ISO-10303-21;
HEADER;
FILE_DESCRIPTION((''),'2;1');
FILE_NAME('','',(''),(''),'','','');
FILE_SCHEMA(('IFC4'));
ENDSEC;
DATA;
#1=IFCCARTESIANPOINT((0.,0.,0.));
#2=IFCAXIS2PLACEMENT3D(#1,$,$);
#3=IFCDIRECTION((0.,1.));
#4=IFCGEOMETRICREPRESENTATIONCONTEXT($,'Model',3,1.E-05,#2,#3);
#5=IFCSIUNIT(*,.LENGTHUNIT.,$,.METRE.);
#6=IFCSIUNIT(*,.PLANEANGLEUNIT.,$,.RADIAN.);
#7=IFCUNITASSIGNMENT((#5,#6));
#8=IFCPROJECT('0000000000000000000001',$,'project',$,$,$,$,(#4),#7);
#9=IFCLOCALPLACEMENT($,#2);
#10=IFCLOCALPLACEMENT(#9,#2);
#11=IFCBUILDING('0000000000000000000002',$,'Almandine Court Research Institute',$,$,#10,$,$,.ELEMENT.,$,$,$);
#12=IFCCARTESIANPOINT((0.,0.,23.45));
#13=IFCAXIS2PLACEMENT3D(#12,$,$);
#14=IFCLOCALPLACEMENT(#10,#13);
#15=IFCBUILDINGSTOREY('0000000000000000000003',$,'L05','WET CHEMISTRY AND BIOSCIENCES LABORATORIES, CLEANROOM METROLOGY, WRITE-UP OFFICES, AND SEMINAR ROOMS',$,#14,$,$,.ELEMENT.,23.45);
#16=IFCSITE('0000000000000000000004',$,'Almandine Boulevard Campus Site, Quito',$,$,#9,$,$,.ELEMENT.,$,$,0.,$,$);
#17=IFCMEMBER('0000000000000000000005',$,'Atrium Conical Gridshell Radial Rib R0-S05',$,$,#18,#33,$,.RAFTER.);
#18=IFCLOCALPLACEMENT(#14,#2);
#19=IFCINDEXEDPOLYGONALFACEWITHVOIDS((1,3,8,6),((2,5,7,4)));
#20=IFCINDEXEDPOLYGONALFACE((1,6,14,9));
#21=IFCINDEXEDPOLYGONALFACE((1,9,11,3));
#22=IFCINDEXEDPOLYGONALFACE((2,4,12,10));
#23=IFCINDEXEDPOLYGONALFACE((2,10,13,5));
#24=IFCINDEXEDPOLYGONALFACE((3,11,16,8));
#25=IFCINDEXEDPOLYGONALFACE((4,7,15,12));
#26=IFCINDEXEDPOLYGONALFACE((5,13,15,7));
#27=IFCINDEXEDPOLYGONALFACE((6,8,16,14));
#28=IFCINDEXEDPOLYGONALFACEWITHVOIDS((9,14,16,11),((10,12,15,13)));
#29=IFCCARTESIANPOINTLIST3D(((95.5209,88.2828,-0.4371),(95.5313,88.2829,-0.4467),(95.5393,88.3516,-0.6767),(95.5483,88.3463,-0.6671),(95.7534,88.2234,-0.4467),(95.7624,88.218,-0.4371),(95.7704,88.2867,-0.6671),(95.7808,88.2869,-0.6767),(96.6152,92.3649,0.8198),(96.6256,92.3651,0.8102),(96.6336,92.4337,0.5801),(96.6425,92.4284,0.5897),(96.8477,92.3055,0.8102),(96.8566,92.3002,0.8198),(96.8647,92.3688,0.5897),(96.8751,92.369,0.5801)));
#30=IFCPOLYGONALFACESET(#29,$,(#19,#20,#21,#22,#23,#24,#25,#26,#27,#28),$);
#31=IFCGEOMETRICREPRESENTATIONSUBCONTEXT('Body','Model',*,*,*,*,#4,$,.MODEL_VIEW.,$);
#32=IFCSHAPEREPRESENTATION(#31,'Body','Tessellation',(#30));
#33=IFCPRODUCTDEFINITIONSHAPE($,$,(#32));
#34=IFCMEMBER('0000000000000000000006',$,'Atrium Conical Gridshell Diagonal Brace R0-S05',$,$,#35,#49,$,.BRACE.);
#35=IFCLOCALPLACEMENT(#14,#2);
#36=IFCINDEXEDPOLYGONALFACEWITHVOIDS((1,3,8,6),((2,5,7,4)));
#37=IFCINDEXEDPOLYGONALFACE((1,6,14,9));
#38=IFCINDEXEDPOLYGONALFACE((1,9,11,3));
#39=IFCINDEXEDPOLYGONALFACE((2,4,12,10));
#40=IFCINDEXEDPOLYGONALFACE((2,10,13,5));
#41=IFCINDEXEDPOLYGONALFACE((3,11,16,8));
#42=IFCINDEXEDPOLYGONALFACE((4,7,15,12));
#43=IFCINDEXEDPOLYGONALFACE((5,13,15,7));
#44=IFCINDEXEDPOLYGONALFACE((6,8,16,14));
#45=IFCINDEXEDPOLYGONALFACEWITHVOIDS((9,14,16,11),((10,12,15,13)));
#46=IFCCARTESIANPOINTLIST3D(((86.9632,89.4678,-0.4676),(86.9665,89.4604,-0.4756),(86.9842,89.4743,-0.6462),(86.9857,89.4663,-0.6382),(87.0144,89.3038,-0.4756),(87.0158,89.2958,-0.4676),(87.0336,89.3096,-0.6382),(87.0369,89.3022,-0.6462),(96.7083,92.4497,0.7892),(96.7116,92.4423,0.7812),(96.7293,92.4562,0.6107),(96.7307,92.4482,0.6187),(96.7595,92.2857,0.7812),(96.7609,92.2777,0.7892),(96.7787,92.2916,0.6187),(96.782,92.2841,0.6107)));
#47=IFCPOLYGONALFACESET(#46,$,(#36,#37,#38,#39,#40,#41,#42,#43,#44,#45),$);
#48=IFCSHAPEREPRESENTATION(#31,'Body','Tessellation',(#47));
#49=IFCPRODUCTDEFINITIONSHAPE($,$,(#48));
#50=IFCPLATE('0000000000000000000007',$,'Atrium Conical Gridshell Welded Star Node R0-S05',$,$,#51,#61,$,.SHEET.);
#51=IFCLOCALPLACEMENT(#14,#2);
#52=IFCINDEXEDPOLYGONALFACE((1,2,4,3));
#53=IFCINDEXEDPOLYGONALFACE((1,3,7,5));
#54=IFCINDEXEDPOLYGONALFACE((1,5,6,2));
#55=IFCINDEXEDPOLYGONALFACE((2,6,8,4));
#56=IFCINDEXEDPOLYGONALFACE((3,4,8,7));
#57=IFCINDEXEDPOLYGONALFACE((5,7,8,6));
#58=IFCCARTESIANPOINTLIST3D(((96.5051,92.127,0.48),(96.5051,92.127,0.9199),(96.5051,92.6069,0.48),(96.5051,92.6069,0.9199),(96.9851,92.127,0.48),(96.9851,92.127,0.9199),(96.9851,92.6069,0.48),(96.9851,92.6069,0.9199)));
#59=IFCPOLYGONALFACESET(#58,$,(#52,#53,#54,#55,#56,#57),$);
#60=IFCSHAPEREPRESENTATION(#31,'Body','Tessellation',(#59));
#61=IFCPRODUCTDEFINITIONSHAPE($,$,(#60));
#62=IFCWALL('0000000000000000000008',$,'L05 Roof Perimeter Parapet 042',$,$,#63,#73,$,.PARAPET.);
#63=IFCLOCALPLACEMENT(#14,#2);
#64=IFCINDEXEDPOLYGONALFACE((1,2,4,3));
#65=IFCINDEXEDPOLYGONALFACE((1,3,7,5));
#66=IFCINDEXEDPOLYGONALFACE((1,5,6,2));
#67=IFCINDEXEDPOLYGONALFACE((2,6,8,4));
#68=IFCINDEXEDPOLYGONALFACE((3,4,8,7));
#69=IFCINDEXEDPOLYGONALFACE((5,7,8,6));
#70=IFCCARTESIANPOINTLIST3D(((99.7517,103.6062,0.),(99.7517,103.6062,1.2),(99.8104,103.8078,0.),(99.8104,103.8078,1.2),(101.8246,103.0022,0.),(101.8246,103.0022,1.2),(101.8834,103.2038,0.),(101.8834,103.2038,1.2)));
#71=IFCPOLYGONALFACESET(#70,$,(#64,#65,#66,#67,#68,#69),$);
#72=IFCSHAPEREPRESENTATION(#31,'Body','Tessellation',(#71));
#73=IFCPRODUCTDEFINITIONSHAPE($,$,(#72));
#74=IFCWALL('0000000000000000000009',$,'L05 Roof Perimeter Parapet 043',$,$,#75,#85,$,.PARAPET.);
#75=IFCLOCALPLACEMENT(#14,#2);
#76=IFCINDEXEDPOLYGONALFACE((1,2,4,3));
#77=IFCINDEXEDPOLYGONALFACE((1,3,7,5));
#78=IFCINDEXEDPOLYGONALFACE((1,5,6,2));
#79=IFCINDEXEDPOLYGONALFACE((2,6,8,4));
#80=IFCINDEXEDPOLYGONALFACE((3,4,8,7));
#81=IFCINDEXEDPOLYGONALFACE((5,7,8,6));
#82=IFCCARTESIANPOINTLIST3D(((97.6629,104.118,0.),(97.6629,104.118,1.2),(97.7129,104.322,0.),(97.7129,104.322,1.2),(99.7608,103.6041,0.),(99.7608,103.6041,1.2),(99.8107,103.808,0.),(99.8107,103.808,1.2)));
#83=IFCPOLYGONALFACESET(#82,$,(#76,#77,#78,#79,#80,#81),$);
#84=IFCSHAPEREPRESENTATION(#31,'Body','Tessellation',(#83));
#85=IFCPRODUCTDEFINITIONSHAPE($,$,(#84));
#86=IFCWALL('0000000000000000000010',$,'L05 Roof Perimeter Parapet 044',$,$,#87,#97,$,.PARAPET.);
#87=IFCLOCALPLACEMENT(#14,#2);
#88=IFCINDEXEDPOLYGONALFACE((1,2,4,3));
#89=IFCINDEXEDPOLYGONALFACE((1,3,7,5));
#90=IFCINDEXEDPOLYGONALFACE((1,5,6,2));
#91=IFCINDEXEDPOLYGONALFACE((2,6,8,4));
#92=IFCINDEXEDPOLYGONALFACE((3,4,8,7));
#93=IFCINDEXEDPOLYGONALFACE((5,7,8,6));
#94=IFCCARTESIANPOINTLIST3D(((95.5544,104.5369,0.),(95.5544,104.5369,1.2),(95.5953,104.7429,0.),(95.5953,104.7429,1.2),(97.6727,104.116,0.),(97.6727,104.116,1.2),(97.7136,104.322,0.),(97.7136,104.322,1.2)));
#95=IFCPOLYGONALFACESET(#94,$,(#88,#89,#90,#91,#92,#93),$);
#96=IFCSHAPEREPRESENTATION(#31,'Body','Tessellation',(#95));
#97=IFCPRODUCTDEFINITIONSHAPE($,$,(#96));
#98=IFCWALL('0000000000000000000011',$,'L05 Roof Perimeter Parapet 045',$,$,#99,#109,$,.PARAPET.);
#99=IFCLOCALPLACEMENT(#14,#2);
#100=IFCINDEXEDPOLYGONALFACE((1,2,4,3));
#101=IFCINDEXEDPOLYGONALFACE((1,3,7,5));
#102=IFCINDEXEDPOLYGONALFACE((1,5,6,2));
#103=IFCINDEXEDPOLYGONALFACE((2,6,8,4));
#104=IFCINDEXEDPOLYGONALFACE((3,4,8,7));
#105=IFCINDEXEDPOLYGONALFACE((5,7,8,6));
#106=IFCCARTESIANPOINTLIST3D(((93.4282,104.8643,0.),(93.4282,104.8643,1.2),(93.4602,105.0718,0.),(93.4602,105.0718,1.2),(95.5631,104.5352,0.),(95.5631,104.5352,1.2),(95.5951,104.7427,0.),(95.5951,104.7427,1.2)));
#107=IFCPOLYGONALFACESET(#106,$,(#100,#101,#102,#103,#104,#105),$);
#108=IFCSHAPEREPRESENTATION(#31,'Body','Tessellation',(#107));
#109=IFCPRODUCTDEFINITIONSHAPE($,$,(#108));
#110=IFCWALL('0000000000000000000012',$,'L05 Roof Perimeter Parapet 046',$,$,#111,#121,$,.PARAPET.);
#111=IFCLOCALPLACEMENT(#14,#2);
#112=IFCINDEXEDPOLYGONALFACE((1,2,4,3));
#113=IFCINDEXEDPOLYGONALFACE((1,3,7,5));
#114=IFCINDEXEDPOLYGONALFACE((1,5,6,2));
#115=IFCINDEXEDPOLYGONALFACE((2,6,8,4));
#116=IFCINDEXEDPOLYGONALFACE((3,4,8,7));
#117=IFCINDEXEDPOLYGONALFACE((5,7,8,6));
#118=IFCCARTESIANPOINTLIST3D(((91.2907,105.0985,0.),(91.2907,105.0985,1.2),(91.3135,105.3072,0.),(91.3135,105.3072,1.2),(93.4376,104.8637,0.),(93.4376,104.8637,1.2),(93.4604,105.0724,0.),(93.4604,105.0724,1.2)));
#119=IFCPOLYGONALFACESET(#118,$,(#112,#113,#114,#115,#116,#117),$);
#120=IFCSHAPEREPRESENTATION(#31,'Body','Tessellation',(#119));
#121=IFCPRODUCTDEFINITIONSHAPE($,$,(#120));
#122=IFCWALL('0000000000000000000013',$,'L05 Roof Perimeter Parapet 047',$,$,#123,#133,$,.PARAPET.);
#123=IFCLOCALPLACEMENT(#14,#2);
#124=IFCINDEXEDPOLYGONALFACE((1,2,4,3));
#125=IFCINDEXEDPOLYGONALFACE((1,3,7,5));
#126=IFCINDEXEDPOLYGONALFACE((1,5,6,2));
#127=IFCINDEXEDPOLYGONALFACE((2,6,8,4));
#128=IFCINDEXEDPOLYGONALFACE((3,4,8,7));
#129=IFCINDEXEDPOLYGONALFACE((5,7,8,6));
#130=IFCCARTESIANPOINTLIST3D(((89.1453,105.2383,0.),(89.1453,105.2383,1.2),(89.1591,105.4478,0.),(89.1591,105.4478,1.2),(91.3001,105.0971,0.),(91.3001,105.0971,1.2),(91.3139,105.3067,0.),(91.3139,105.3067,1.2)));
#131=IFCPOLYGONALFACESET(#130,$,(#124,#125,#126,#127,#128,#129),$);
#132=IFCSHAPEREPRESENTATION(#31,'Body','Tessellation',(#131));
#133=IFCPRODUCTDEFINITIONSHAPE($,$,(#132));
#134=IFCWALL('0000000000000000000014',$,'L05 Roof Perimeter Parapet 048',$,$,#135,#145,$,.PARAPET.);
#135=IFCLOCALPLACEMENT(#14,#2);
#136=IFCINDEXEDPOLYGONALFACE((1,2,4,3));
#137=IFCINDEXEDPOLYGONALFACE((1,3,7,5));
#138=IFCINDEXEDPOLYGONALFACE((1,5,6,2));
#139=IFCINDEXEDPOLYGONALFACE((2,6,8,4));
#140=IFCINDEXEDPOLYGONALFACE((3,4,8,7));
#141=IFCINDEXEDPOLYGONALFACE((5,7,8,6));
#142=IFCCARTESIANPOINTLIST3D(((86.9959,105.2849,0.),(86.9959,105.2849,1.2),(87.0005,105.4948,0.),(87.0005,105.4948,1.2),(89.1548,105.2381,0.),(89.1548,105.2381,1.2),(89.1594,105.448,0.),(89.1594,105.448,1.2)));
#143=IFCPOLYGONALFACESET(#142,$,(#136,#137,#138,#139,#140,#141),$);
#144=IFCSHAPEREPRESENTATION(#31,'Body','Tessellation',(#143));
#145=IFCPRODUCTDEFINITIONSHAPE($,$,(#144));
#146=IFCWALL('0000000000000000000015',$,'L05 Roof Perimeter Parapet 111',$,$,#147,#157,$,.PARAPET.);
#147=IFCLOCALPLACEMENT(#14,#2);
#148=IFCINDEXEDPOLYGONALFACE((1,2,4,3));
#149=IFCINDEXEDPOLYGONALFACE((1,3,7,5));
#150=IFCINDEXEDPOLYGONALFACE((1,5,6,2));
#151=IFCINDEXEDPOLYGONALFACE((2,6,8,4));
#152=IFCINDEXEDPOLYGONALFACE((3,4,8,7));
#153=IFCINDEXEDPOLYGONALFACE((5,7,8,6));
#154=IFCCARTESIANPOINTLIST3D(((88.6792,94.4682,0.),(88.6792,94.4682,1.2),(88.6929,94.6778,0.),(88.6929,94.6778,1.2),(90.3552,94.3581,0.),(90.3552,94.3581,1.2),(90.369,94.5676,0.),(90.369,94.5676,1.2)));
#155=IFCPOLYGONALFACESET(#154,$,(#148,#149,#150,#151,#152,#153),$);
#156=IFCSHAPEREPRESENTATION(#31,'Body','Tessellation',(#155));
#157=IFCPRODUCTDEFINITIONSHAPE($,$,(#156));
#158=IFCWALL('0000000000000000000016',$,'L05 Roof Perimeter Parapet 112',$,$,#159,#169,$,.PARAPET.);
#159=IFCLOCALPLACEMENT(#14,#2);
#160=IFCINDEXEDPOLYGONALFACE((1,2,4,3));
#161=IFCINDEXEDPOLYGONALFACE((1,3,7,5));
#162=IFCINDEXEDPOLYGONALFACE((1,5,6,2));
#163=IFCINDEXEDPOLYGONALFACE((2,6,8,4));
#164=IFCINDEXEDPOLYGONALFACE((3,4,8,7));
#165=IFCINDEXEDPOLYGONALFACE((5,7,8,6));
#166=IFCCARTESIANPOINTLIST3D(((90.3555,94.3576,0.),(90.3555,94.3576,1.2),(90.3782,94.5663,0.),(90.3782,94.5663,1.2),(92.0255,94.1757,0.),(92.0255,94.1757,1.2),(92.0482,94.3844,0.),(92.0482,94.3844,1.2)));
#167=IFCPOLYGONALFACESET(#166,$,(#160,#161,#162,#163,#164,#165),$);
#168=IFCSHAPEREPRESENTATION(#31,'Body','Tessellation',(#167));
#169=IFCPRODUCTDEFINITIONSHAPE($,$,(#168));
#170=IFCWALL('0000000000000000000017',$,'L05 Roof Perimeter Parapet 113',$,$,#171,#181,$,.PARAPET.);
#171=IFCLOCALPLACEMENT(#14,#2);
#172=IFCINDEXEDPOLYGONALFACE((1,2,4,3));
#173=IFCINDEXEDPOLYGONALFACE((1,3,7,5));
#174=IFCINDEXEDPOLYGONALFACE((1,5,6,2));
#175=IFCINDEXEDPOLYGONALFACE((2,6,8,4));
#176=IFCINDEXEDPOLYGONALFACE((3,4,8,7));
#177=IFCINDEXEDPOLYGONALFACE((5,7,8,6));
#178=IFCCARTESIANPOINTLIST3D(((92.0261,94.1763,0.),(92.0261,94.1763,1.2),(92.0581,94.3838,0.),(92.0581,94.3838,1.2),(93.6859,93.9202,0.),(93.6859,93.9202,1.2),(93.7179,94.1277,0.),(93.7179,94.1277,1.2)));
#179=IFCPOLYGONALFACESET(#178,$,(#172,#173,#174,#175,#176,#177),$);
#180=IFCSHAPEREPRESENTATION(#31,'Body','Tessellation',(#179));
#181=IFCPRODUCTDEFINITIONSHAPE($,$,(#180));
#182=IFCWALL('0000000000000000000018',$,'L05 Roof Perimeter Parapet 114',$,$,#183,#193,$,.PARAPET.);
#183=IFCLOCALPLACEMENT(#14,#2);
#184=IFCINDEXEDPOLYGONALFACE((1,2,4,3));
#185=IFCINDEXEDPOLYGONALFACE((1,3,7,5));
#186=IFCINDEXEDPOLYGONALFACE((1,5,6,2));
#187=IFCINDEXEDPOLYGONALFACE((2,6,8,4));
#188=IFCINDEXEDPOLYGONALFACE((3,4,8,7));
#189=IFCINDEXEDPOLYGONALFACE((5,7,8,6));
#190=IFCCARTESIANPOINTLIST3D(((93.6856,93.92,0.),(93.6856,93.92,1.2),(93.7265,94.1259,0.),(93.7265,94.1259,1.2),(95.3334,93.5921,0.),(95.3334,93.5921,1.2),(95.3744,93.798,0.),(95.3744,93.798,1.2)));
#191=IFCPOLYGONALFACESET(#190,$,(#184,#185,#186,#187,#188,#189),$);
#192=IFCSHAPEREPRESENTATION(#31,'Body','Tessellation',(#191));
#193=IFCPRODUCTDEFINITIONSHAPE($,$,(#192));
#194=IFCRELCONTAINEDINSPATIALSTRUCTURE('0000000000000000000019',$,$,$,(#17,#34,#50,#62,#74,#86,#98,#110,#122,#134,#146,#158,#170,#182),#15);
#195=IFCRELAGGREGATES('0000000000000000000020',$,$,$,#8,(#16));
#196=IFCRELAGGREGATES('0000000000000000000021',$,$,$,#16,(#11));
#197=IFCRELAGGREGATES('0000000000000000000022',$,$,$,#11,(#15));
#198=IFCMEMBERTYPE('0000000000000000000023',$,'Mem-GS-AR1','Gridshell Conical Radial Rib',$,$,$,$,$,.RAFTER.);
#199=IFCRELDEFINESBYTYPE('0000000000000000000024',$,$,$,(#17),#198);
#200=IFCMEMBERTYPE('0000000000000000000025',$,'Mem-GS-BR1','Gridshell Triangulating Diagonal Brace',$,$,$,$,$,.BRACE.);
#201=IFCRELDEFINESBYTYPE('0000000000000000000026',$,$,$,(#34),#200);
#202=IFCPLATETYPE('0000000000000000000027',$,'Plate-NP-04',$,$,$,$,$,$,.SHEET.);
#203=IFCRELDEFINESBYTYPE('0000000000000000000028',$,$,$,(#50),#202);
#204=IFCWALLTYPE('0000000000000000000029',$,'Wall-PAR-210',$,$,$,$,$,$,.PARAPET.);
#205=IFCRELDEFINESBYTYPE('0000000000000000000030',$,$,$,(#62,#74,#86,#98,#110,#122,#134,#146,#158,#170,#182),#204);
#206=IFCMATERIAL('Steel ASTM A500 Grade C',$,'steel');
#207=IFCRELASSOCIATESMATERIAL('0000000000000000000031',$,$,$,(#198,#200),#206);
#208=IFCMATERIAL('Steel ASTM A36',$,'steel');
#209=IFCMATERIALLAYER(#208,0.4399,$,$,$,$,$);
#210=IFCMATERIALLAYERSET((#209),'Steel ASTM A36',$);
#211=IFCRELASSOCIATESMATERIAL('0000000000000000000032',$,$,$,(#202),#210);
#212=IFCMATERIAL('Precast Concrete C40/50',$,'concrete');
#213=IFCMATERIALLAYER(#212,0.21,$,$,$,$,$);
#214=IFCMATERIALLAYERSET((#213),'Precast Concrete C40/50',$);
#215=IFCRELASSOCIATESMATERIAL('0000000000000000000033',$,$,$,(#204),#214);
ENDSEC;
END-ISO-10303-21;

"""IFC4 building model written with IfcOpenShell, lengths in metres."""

from ifc_helpers import new_model, si_unit, direction, frame, frame_2d, origin, origin_2d, place, context, subcontext, project, spatial, rectangle, hollow_rectangle, extrude, material, layer, layer_set, material_profile, profile_set, type_object, element, save


model = new_model("IFC4")

# Units and contexts
model_context = context("Model", 3, precision=1e-05, world=origin(), true_north=direction((0.0, 1.0)))
body_context = subcontext(model_context, "Body", "Model", "MODEL_VIEW")
ifc_project = project(units=[si_unit("LENGTHUNIT", "METRE"), si_unit("PLANEANGLEUNIT", "RADIAN")], contexts=[model_context])

# Site, building, storey
site_placement = place(None, origin())
site = spatial("IfcSite", under=ifc_project, at=site_placement, Name="Almandine Boulevard Campus Site, Quito", CompositionType="ELEMENT", RefElevation=0.0)
building_placement = place(site_placement, origin())
building = spatial("IfcBuilding", under=site, at=building_placement, Name="Almandine Court Research Institute", CompositionType="ELEMENT")
storey_placement = place(building_placement, frame((0.0, 0.0, 23.45)))
storey = spatial("IfcBuildingStorey", under=building, at=storey_placement, Name="L05", Description="WET CHEMISTRY AND BIOSCIENCES LABORATORIES, CLEANROOM METROLOGY, WRITE-UP OFFICES, AND SEMINAR ROOMS", CompositionType="ELEMENT", Elevation=23.45)

# Members
ifc_material_1 = material(Name="Steel ASTM A500 Grade C", Category="steel")
ifc_material_profile_1 = material_profile(ifc_material_1, hollow_rectangle(XDim=0.25, YDim=0.25, WallThickness=0.01, at=origin_2d()), Name="HSS 250x250x10")
ifc_profile_set_1 = profile_set([ifc_material_profile_1], Name="Steel ASTM A500 Grade C")
member_type_1 = type_object("IfcMemberType", Name="Mem-GS-AR1", Description="Gridshell Conical Radial Rib", PredefinedType="RAFTER", material=ifc_profile_set_1)
member_1_placement = place(storey_placement, frame((96.7451, 92.3669, 0.7), z_axis=(-0.248178, -0.925824, -0.285056), x_axis=(0.965899, -0.258921, 0.0)))
element("IfcMember", 1, at=member_1_placement, inside=storey, type_object=member_type_1, Name="Atrium Conical Gridshell Radial Rib R0-S05", PredefinedType="RAFTER", context=body_context, shape_type="SweptSolid", body=[
    extrude(hollow_rectangle(XDim=0.25, YDim=0.25, WallThickness=0.01, at=origin_2d()), origin(), (0.0, 0.0, 1.0), 4.4092),
])
ifc_material_profile_2 = material_profile(ifc_material_1, hollow_rectangle(XDim=0.1799, YDim=0.1799, WallThickness=0.0081, at=origin_2d()), Name="HSS 180x180x8")
ifc_profile_set_2 = profile_set([ifc_material_profile_2], Name="Steel ASTM A500 Grade C")
member_type_2 = type_object("IfcMemberType", Name="Mem-GS-BR1", Description="Gridshell Triangulating Diagonal Brace", PredefinedType="BRACE", material=ifc_profile_set_2)
member_2_placement = place(storey_placement, frame((96.7451, 92.3669, 0.7), z_axis=(-0.949045, -0.290401, -0.122399), x_axis=(0.292601, -0.956235, 0.0)))
element("IfcMember", 2, at=member_2_placement, inside=storey, type_object=member_type_2, Name="Atrium Conical Gridshell Diagonal Brace R0-S05", PredefinedType="BRACE", context=body_context, shape_type="SweptSolid", body=[
    extrude(hollow_rectangle(XDim=0.1799, YDim=0.1799, WallThickness=0.0081, at=origin_2d()), origin(), (0.0, 0.0, 1.0), 10.2683),
])

# Plate
ifc_material_2 = material(Name="Steel ASTM A36", Category="steel")
ifc_layer_1 = layer(ifc_material_2, 0.4399)
ifc_layer_set_1 = layer_set([ifc_layer_1], Name="Steel ASTM A36")
plate_type = type_object("IfcPlateType", Name="Plate-NP-04", PredefinedType="SHEET", material=ifc_layer_set_1)
plate_placement = place(storey_placement, frame((96.7451, 92.3669, 0.48), z_axis=(0.0, 0.0, 1.0), x_axis=(1.0, 0.0, 0.0)))
element("IfcPlate", 3, at=plate_placement, inside=storey, type_object=plate_type, Name="Atrium Conical Gridshell Welded Star Node R0-S05", PredefinedType="SHEET", context=body_context, shape_type="SweptSolid", body=[
    extrude(rectangle(XDim=0.48, YDim=0.48, at=origin_2d()), origin(), (0.0, 0.0, 1.0), 0.4399),
])

# Walls
ifc_material_3 = material(Name="Precast Concrete C40/50", Category="concrete")
ifc_layer_2 = layer(ifc_material_3, 0.21)
ifc_layer_set_2 = layer_set([ifc_layer_2], Name="Precast Concrete C40/50")
wall_type_1 = type_object("IfcWallType", Name="Wall-PAR-210", PredefinedType="PARAPET", material=ifc_layer_set_2)
wall_1_placement = place(storey_placement, frame((101.854, 103.103, 0.0), z_axis=(0.0, 0.0, 1.0), x_axis=(-0.960077, 0.279735, 0.0)))
element("IfcWall", 4, at=wall_1_placement, inside=storey, type_object=wall_type_1, Name="L05 Roof Perimeter Parapet 042", PredefinedType="PARAPET", context=body_context, shape_type="SweptSolid", body=[
    extrude(rectangle(XDim=2.1592, YDim=0.21, at=frame_2d((1.0796, 0.0))), origin(), (0.0, 0.0, 1.0), 1.2),
])
wall_2_placement = place(storey_placement, frame((99.7859, 103.7061, 0.0), z_axis=(0.0, 0.0, 1.0), x_axis=(-0.971282, 0.237932, 0.0)))
element("IfcWall", 5, at=wall_2_placement, inside=storey, type_object=wall_type_1, Name="L05 Roof Perimeter Parapet 043", PredefinedType="PARAPET", context=body_context, shape_type="SweptSolid", body=[
    extrude(rectangle(XDim=2.1599, YDim=0.21, at=frame_2d((1.0801, 0.0))), origin(), (0.0, 0.0, 1.0), 1.2),
])
wall_3_placement = place(storey_placement, frame((97.6931, 104.219, 0.0), z_axis=(0.0, 0.0, 1.0), x_axis=(-0.980823, 0.194899, 0.0)))
element("IfcWall", 6, at=wall_3_placement, inside=storey, type_object=wall_type_1, Name="L05 Roof Perimeter Parapet 044", PredefinedType="PARAPET", context=body_context, shape_type="SweptSolid", body=[
    extrude(rectangle(XDim=2.1597, YDim=0.21, at=frame_2d((1.0798, 0.0))), origin(), (0.0, 0.0, 1.0), 1.2),
])
wall_4_placement = place(storey_placement, frame((95.5791, 104.6389, 0.0), z_axis=(0.0, 0.0, 1.0), x_axis=(-0.988327, 0.152346, 0.0)))
element("IfcWall", 7, at=wall_4_placement, inside=storey, type_object=wall_type_1, Name="L05 Roof Perimeter Parapet 045", PredefinedType="PARAPET", context=body_context, shape_type="SweptSolid", body=[
    extrude(rectangle(XDim=2.1602, YDim=0.21, at=frame_2d((1.0801, 0.0))), origin(), (0.0, 0.0, 1.0), 1.2),
])
wall_5_placement = place(storey_placement, frame((93.449, 104.968, 0.0), z_axis=(0.0, 0.0, 1.0), x_axis=(-0.99407, 0.108744, 0.0)))
element("IfcWall", 8, at=wall_5_placement, inside=storey, type_object=wall_type_1, Name="L05 Roof Perimeter Parapet 046", PredefinedType="PARAPET", context=body_context, shape_type="SweptSolid", body=[
    extrude(rectangle(XDim=2.1597, YDim=0.21, at=frame_2d((1.0798, 0.0))), origin(), (0.0, 0.0, 1.0), 1.2),
])
for number, where, z_axis, x_axis, name in (
    (9, (91.3069, 105.2019, 0.0), (0.0, 0.0, 1.0), (-0.997863, 0.065348, 0.0), "L05 Roof Perimeter Parapet 047"),
    (10, (89.157, 105.343, 0.0), (0.0, 0.0, 1.0), (-0.999764, 0.021707, 0.0), "L05 Roof Perimeter Parapet 048"),
):
    element("IfcWall", number, at=place(storey_placement, frame(where, z_axis=z_axis, x_axis=x_axis)), inside=storey, type_object=wall_type_1, Name=name, PredefinedType="PARAPET", context=body_context, shape_type="SweptSolid", body=[
        extrude(rectangle(XDim=2.1594, YDim=0.21, at=frame_2d((1.0796, 0.0))), origin(), (0.0, 0.0, 1.0), 1.2),
    ])
wall_6_placement = place(storey_placement, frame((88.686, 94.573, 0.0), z_axis=(0.0, 0.0, 1.0), x_axis=(0.997849, -0.065554, 0.0)))
element("IfcWall", 11, at=wall_6_placement, inside=storey, type_object=wall_type_1, Name="L05 Roof Perimeter Parapet 111", PredefinedType="PARAPET", context=body_context, shape_type="SweptSolid", body=[
    extrude(rectangle(XDim=1.6797, YDim=0.21, at=frame_2d((0.8398, 0.0))), origin(), (0.0, 0.0, 1.0), 1.2),
])
wall_7_placement = place(storey_placement, frame((90.3669, 94.4619, 0.0), z_axis=(0.0, 0.0, 1.0), x_axis=(0.994122, -0.108262, 0.0)))
element("IfcWall", 12, at=wall_7_placement, inside=storey, type_object=wall_type_1, Name="L05 Roof Perimeter Parapet 112", PredefinedType="PARAPET", context=body_context, shape_type="SweptSolid", body=[
    extrude(rectangle(XDim=1.6799, YDim=0.21, at=frame_2d((0.8398, 0.0))), origin(), (0.0, 0.0, 1.0), 1.2),
])
wall_8_placement = place(storey_placement, frame((92.042, 94.28, 0.0), z_axis=(0.0, 0.0, 1.0), x_axis=(0.988306, -0.152483, 0.0)))
element("IfcWall", 13, at=wall_8_placement, inside=storey, type_object=wall_type_1, Name="L05 Roof Perimeter Parapet 113", PredefinedType="PARAPET", context=body_context, shape_type="SweptSolid", body=[
    extrude(rectangle(XDim=1.6794, YDim=0.21, at=frame_2d((0.8398, 0.0))), origin(), (0.0, 0.0, 1.0), 1.2),
])
for number, where, z_axis, x_axis, name in (
    (14, (93.7061, 94.0229, 0.0), (0.0, 0.0, 1.0), (0.980776, -0.195138, 0.0), "L05 Roof Perimeter Parapet 114"),
):
    element("IfcWall", number, at=place(storey_placement, frame(where, z_axis=z_axis, x_axis=x_axis)), inside=storey, type_object=wall_type_1, Name=name, PredefinedType="PARAPET", context=body_context, shape_type="SweptSolid", body=[
        extrude(rectangle(XDim=1.6802, YDim=0.21, at=frame_2d((0.8401, 0.0))), origin(), (0.0, 0.0, 1.0), 1.2),
    ])

save(model, "model.ifc")
